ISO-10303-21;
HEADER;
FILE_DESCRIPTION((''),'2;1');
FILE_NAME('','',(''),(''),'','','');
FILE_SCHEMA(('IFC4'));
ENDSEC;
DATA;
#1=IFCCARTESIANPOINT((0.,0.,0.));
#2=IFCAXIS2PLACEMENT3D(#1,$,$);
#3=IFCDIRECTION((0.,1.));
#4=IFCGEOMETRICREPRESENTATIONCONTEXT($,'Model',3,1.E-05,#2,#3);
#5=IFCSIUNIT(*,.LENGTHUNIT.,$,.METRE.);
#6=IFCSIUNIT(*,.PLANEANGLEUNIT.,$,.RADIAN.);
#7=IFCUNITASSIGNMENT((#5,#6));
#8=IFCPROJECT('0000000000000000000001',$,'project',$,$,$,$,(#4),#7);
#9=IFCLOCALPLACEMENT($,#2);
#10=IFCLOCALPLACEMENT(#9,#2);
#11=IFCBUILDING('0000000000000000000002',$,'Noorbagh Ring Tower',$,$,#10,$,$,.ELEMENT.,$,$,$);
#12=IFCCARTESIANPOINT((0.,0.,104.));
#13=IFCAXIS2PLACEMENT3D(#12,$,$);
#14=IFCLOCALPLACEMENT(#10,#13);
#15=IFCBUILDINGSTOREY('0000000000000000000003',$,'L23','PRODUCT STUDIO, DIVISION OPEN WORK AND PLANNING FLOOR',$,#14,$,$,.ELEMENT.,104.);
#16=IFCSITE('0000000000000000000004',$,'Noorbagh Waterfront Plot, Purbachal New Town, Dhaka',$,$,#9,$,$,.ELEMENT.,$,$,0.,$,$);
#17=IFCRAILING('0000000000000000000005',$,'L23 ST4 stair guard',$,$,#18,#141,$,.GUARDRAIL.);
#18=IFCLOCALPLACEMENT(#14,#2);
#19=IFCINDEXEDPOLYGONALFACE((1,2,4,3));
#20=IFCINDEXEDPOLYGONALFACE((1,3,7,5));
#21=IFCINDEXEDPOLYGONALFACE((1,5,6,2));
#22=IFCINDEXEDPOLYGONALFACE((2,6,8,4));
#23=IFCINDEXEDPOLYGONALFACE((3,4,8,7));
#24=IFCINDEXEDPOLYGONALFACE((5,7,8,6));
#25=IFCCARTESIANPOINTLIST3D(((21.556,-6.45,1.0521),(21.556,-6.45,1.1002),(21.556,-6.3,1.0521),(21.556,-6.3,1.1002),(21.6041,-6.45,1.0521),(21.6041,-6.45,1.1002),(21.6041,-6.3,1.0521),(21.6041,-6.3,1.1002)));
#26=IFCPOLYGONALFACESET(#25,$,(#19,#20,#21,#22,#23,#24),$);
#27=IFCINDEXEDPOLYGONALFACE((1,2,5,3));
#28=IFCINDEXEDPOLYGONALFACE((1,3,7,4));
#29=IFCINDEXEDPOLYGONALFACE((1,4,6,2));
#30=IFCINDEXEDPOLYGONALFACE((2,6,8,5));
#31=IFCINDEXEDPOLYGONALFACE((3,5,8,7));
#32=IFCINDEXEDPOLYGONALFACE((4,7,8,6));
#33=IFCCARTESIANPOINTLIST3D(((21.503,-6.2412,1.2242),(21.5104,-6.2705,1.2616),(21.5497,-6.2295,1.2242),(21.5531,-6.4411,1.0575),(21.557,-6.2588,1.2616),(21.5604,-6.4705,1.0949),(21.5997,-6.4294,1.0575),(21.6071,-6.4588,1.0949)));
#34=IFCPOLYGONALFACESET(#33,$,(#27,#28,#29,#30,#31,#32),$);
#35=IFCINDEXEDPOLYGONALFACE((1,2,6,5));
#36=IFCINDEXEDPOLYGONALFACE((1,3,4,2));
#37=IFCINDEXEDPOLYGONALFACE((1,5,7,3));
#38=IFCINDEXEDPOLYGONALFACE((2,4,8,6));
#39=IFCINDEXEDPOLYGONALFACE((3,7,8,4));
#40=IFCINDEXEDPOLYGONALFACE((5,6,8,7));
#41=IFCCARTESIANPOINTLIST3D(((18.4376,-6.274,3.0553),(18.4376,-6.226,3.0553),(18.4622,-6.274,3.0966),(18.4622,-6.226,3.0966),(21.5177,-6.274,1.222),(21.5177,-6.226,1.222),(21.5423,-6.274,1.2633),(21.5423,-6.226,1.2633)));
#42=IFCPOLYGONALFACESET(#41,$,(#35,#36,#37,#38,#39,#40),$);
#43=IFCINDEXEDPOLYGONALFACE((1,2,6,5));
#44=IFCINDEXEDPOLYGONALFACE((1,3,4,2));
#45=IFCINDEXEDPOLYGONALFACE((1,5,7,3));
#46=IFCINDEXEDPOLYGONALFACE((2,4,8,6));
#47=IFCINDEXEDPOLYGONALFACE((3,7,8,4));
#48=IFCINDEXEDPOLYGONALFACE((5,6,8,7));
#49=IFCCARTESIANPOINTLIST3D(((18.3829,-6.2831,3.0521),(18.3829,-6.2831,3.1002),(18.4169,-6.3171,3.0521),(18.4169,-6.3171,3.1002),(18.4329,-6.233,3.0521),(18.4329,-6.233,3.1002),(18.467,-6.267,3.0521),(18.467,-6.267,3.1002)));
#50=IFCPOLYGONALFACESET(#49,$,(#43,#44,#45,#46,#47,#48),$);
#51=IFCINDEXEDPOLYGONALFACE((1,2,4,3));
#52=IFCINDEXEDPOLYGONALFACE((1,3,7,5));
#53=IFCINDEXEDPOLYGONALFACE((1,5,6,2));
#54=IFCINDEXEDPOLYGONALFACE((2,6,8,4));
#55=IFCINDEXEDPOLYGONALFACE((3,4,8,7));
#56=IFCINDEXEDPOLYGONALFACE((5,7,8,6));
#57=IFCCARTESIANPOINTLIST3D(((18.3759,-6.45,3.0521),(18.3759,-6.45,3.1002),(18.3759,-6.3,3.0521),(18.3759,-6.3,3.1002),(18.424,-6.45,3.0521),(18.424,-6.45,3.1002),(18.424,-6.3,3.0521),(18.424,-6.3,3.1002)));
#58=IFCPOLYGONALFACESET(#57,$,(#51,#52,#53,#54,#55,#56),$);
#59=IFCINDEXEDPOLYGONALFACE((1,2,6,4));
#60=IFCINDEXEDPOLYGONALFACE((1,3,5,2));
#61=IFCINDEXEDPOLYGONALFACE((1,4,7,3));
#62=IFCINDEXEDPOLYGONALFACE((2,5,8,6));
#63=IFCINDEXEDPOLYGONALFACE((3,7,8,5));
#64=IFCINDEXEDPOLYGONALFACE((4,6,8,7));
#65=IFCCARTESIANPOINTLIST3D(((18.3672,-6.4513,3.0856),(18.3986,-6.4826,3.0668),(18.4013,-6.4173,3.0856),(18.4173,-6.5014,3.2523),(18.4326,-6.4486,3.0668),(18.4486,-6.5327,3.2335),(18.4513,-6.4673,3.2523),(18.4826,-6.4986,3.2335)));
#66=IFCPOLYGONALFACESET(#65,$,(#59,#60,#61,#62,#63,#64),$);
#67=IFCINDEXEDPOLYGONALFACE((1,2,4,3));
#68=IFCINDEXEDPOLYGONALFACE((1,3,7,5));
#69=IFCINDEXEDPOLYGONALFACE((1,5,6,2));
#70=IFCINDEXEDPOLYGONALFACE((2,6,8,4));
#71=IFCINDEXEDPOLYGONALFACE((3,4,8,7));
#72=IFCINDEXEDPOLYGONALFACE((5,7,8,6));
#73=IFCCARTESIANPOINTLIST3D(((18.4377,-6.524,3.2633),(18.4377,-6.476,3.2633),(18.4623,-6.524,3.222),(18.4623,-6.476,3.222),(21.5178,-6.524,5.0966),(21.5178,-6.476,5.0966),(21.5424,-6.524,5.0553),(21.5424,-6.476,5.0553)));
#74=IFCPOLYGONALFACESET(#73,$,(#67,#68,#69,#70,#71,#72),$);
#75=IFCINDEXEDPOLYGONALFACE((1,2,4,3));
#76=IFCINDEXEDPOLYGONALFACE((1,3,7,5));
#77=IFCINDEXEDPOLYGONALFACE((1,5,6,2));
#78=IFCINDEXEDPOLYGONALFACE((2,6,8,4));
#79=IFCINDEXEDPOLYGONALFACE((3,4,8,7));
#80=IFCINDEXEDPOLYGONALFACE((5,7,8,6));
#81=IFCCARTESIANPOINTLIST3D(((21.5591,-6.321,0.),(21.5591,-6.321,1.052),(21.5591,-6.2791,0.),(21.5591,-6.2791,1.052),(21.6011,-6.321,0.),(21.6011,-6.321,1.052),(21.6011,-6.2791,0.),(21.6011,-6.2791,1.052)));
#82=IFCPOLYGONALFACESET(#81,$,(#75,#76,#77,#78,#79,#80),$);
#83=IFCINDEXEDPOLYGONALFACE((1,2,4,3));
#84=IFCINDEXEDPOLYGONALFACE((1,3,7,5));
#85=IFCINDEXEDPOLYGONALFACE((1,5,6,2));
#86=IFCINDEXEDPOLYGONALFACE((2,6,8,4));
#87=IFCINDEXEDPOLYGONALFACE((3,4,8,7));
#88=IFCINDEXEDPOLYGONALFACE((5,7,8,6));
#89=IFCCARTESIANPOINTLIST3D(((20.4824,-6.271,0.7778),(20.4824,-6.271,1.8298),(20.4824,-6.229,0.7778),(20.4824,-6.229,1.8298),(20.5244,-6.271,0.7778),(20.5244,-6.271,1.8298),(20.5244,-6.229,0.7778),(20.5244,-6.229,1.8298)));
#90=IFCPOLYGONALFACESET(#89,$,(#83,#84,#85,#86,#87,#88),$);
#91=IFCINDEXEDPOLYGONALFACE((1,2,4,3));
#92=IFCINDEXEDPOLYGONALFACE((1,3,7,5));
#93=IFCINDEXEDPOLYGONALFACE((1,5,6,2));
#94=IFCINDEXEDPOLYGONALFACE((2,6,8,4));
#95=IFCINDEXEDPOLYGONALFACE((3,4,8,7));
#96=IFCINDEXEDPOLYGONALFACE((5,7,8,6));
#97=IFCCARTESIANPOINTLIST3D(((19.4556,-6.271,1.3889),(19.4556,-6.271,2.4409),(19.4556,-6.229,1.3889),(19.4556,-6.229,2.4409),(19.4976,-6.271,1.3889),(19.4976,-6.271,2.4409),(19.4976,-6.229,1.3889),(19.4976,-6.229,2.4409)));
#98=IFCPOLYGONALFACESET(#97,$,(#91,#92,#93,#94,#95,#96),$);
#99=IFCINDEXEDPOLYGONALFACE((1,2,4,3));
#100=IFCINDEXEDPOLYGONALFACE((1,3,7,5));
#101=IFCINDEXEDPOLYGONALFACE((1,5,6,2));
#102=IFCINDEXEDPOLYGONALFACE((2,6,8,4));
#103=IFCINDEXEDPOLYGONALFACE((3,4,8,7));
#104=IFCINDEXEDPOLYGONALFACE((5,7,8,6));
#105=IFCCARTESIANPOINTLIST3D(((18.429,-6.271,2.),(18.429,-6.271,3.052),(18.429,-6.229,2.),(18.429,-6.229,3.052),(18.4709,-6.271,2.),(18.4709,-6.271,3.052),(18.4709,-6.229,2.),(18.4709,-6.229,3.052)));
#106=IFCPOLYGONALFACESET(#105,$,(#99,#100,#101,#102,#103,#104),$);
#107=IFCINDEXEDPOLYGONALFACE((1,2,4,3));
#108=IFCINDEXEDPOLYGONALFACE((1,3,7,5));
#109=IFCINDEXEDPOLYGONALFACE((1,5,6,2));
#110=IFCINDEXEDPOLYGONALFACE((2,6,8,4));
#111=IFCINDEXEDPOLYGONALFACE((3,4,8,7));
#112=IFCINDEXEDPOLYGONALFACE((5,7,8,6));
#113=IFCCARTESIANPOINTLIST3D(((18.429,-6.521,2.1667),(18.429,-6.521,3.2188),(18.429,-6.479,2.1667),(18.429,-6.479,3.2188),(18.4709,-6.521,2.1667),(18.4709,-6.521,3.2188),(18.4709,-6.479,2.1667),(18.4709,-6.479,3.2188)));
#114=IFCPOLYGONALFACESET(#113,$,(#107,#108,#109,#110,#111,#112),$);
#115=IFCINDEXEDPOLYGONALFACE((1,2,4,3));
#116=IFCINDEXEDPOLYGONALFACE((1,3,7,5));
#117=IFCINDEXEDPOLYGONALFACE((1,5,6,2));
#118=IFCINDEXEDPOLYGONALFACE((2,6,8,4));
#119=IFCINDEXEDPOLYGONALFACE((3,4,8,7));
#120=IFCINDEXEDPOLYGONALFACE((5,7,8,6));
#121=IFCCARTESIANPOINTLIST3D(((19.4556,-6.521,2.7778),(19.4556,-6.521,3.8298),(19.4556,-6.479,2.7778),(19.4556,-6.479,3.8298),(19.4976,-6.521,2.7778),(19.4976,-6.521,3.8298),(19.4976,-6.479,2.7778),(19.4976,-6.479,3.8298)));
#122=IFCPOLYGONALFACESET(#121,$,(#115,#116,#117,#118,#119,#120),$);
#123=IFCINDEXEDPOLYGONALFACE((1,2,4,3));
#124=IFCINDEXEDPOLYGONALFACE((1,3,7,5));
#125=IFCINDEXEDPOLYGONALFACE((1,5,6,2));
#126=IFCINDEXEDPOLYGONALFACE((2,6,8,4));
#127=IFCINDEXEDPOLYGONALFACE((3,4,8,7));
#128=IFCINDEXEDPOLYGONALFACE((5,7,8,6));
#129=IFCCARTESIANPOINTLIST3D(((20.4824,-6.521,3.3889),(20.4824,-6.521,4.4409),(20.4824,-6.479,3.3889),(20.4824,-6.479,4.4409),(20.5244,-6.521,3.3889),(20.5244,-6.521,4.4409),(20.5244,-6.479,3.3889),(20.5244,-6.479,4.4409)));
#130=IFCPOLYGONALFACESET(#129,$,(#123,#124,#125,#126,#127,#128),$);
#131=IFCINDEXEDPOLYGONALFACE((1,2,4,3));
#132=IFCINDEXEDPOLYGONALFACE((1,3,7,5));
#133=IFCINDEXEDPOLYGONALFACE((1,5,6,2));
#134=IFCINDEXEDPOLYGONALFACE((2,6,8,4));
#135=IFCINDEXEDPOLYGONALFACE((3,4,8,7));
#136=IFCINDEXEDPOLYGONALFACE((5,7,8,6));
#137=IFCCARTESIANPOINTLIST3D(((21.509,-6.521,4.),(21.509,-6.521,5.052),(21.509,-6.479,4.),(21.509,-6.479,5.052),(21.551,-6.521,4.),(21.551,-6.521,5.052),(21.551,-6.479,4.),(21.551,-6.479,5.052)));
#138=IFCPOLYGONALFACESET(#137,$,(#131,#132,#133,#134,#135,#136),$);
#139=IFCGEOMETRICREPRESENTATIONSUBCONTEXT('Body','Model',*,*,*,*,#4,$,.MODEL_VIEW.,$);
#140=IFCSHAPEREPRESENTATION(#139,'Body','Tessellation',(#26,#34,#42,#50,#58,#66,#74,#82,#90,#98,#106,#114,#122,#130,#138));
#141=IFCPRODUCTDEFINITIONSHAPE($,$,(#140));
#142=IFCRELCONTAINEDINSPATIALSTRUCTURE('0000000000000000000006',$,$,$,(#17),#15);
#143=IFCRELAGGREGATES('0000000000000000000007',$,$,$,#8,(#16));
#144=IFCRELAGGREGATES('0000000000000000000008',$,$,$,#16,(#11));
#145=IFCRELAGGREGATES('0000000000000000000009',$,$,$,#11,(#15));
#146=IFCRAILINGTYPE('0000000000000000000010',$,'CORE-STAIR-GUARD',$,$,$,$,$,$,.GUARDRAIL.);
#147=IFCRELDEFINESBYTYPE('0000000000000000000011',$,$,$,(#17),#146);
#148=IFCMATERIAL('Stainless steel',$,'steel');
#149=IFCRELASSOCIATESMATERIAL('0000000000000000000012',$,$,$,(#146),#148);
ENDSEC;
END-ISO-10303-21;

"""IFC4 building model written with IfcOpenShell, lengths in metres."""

from ifc_helpers import new_model, si_unit, direction, frame, origin, origin_2d, place, context, subcontext, project, spatial, rectangle, extrude, material, type_object, element, save


model = new_model("IFC4")

# Units and contexts
model_context = context("Model", 3, precision=1e-05, world=origin(), true_north=direction((0.0, 1.0)))
body_context = subcontext(model_context, "Body", "Model", "MODEL_VIEW")
ifc_project = project(units=[si_unit("LENGTHUNIT", "METRE"), si_unit("PLANEANGLEUNIT", "RADIAN")], contexts=[model_context])

# Site, building, storey
site_placement = place(None, origin())
site = spatial("IfcSite", under=ifc_project, at=site_placement, Name="Noorbagh Waterfront Plot, Purbachal New Town, Dhaka", CompositionType="ELEMENT", RefElevation=0.0)
building_placement = place(site_placement, origin())
building = spatial("IfcBuilding", under=site, at=building_placement, Name="Noorbagh Ring Tower", CompositionType="ELEMENT")
storey_placement = place(building_placement, frame((0.0, 0.0, 104.0)))
storey = spatial("IfcBuildingStorey", under=building, at=storey_placement, Name="L23", Description="PRODUCT STUDIO, DIVISION OPEN WORK AND PLANNING FLOOR", CompositionType="ELEMENT", Elevation=104.0)

# Railing
ifc_material_1 = material(Name="Stainless steel", Category="steel")
railing_type_1 = type_object("IfcRailingType", Name="CORE-STAIR-GUARD", PredefinedType="GUARDRAIL", material=ifc_material_1)
railing_1_placement = place(storey_placement, frame((21.5801, -6.3, 0.0)))
element("IfcRailing", 1, at=railing_1_placement, inside=storey, type_object=railing_type_1, Name="L23 ST4 stair guard", PredefinedType="GUARDRAIL", context=body_context, shape_type="SweptSolid", body=[
    extrude(rectangle(XDim=0.0481, YDim=0.0481, at=origin_2d()), frame((0.0, 0.0, 1.0762), z_axis=(0.0, -1.0, 0.0), x_axis=(1.0, 0.0, 0.0)), (0.0, 0.0, 1.0), 0.1499),
    extrude(rectangle(XDim=0.0481, YDim=0.0481, at=origin_2d()), frame((0.0, -0.1499, 1.0762), z_axis=(-0.188776, 0.754182, 0.628946), x_axis=(-0.970073, -0.242814, 0.0)), (0.0, 0.0, 1.0), 0.2651),
    extrude(rectangle(XDim=0.0481, YDim=0.0481, at=origin_2d()), frame((-0.05, 0.05, 1.2427), z_axis=(-0.859309, 0.0, 0.511458), x_axis=(0.0, -1.0, 0.0)), (0.0, 0.0, 1.0), 3.5845),
    extrude(rectangle(XDim=0.0481, YDim=0.0481, at=origin_2d()), frame((-3.1301, 0.05, 3.0762), z_axis=(-0.707107, -0.707107, 0.0), x_axis=(0.707107, -0.707107, 0.0)), (0.0, 0.0, 1.0), 0.0708),
    extrude(rectangle(XDim=0.0481, YDim=0.0481, at=origin_2d()), frame((-3.1802, 0.0, 3.0762), z_axis=(0.0, -1.0, 0.0), x_axis=(1.0, 0.0, 0.0)), (0.0, 0.0, 1.0), 0.1499),
    extrude(rectangle(XDim=0.0481, YDim=0.0481, at=origin_2d()), frame((-3.1802, -0.1499, 3.0762), z_axis=(0.276287, -0.276287, 0.920506), x_axis=(0.707107, 0.707107, 0.0)), (0.0, 0.0, 1.0), 0.1812),
    extrude(rectangle(XDim=0.0481, YDim=0.0481, at=origin_2d()), frame((-3.1301, -0.2, 3.2427), z_axis=(0.859309, 0.0, 0.511458), x_axis=(0.0, 1.0, 0.0)), (0.0, 0.0, 1.0), 3.5845),
    extrude(rectangle(XDim=0.042, YDim=0.042, at=origin_2d()), origin(), (0.0, 0.0, 1.0), 1.052),
    extrude(rectangle(XDim=0.042, YDim=0.042, at=origin_2d()), frame((-1.0767, 0.05, 0.7778)), (0.0, 0.0, 1.0), 1.052),
    extrude(rectangle(XDim=0.042, YDim=0.042, at=origin_2d()), frame((-2.1035, 0.05, 1.3889)), (0.0, 0.0, 1.0), 1.052),
    extrude(rectangle(XDim=0.042, YDim=0.042, at=origin_2d()), frame((-3.1301, 0.05, 2.0)), (0.0, 0.0, 1.0), 1.052),
    extrude(rectangle(XDim=0.042, YDim=0.042, at=origin_2d()), frame((-3.1301, -0.2, 2.1667)), (0.0, 0.0, 1.0), 1.052),
    extrude(rectangle(XDim=0.042, YDim=0.042, at=origin_2d()), frame((-2.1035, -0.2, 2.7778)), (0.0, 0.0, 1.0), 1.052),
    extrude(rectangle(XDim=0.042, YDim=0.042, at=origin_2d()), frame((-1.0767, -0.2, 3.3889)), (0.0, 0.0, 1.0), 1.052),
    extrude(rectangle(XDim=0.042, YDim=0.042, at=origin_2d()), frame((-0.05, -0.2, 4.0)), (0.0, 0.0, 1.0), 1.052),
])

save(model, "model.ifc")
